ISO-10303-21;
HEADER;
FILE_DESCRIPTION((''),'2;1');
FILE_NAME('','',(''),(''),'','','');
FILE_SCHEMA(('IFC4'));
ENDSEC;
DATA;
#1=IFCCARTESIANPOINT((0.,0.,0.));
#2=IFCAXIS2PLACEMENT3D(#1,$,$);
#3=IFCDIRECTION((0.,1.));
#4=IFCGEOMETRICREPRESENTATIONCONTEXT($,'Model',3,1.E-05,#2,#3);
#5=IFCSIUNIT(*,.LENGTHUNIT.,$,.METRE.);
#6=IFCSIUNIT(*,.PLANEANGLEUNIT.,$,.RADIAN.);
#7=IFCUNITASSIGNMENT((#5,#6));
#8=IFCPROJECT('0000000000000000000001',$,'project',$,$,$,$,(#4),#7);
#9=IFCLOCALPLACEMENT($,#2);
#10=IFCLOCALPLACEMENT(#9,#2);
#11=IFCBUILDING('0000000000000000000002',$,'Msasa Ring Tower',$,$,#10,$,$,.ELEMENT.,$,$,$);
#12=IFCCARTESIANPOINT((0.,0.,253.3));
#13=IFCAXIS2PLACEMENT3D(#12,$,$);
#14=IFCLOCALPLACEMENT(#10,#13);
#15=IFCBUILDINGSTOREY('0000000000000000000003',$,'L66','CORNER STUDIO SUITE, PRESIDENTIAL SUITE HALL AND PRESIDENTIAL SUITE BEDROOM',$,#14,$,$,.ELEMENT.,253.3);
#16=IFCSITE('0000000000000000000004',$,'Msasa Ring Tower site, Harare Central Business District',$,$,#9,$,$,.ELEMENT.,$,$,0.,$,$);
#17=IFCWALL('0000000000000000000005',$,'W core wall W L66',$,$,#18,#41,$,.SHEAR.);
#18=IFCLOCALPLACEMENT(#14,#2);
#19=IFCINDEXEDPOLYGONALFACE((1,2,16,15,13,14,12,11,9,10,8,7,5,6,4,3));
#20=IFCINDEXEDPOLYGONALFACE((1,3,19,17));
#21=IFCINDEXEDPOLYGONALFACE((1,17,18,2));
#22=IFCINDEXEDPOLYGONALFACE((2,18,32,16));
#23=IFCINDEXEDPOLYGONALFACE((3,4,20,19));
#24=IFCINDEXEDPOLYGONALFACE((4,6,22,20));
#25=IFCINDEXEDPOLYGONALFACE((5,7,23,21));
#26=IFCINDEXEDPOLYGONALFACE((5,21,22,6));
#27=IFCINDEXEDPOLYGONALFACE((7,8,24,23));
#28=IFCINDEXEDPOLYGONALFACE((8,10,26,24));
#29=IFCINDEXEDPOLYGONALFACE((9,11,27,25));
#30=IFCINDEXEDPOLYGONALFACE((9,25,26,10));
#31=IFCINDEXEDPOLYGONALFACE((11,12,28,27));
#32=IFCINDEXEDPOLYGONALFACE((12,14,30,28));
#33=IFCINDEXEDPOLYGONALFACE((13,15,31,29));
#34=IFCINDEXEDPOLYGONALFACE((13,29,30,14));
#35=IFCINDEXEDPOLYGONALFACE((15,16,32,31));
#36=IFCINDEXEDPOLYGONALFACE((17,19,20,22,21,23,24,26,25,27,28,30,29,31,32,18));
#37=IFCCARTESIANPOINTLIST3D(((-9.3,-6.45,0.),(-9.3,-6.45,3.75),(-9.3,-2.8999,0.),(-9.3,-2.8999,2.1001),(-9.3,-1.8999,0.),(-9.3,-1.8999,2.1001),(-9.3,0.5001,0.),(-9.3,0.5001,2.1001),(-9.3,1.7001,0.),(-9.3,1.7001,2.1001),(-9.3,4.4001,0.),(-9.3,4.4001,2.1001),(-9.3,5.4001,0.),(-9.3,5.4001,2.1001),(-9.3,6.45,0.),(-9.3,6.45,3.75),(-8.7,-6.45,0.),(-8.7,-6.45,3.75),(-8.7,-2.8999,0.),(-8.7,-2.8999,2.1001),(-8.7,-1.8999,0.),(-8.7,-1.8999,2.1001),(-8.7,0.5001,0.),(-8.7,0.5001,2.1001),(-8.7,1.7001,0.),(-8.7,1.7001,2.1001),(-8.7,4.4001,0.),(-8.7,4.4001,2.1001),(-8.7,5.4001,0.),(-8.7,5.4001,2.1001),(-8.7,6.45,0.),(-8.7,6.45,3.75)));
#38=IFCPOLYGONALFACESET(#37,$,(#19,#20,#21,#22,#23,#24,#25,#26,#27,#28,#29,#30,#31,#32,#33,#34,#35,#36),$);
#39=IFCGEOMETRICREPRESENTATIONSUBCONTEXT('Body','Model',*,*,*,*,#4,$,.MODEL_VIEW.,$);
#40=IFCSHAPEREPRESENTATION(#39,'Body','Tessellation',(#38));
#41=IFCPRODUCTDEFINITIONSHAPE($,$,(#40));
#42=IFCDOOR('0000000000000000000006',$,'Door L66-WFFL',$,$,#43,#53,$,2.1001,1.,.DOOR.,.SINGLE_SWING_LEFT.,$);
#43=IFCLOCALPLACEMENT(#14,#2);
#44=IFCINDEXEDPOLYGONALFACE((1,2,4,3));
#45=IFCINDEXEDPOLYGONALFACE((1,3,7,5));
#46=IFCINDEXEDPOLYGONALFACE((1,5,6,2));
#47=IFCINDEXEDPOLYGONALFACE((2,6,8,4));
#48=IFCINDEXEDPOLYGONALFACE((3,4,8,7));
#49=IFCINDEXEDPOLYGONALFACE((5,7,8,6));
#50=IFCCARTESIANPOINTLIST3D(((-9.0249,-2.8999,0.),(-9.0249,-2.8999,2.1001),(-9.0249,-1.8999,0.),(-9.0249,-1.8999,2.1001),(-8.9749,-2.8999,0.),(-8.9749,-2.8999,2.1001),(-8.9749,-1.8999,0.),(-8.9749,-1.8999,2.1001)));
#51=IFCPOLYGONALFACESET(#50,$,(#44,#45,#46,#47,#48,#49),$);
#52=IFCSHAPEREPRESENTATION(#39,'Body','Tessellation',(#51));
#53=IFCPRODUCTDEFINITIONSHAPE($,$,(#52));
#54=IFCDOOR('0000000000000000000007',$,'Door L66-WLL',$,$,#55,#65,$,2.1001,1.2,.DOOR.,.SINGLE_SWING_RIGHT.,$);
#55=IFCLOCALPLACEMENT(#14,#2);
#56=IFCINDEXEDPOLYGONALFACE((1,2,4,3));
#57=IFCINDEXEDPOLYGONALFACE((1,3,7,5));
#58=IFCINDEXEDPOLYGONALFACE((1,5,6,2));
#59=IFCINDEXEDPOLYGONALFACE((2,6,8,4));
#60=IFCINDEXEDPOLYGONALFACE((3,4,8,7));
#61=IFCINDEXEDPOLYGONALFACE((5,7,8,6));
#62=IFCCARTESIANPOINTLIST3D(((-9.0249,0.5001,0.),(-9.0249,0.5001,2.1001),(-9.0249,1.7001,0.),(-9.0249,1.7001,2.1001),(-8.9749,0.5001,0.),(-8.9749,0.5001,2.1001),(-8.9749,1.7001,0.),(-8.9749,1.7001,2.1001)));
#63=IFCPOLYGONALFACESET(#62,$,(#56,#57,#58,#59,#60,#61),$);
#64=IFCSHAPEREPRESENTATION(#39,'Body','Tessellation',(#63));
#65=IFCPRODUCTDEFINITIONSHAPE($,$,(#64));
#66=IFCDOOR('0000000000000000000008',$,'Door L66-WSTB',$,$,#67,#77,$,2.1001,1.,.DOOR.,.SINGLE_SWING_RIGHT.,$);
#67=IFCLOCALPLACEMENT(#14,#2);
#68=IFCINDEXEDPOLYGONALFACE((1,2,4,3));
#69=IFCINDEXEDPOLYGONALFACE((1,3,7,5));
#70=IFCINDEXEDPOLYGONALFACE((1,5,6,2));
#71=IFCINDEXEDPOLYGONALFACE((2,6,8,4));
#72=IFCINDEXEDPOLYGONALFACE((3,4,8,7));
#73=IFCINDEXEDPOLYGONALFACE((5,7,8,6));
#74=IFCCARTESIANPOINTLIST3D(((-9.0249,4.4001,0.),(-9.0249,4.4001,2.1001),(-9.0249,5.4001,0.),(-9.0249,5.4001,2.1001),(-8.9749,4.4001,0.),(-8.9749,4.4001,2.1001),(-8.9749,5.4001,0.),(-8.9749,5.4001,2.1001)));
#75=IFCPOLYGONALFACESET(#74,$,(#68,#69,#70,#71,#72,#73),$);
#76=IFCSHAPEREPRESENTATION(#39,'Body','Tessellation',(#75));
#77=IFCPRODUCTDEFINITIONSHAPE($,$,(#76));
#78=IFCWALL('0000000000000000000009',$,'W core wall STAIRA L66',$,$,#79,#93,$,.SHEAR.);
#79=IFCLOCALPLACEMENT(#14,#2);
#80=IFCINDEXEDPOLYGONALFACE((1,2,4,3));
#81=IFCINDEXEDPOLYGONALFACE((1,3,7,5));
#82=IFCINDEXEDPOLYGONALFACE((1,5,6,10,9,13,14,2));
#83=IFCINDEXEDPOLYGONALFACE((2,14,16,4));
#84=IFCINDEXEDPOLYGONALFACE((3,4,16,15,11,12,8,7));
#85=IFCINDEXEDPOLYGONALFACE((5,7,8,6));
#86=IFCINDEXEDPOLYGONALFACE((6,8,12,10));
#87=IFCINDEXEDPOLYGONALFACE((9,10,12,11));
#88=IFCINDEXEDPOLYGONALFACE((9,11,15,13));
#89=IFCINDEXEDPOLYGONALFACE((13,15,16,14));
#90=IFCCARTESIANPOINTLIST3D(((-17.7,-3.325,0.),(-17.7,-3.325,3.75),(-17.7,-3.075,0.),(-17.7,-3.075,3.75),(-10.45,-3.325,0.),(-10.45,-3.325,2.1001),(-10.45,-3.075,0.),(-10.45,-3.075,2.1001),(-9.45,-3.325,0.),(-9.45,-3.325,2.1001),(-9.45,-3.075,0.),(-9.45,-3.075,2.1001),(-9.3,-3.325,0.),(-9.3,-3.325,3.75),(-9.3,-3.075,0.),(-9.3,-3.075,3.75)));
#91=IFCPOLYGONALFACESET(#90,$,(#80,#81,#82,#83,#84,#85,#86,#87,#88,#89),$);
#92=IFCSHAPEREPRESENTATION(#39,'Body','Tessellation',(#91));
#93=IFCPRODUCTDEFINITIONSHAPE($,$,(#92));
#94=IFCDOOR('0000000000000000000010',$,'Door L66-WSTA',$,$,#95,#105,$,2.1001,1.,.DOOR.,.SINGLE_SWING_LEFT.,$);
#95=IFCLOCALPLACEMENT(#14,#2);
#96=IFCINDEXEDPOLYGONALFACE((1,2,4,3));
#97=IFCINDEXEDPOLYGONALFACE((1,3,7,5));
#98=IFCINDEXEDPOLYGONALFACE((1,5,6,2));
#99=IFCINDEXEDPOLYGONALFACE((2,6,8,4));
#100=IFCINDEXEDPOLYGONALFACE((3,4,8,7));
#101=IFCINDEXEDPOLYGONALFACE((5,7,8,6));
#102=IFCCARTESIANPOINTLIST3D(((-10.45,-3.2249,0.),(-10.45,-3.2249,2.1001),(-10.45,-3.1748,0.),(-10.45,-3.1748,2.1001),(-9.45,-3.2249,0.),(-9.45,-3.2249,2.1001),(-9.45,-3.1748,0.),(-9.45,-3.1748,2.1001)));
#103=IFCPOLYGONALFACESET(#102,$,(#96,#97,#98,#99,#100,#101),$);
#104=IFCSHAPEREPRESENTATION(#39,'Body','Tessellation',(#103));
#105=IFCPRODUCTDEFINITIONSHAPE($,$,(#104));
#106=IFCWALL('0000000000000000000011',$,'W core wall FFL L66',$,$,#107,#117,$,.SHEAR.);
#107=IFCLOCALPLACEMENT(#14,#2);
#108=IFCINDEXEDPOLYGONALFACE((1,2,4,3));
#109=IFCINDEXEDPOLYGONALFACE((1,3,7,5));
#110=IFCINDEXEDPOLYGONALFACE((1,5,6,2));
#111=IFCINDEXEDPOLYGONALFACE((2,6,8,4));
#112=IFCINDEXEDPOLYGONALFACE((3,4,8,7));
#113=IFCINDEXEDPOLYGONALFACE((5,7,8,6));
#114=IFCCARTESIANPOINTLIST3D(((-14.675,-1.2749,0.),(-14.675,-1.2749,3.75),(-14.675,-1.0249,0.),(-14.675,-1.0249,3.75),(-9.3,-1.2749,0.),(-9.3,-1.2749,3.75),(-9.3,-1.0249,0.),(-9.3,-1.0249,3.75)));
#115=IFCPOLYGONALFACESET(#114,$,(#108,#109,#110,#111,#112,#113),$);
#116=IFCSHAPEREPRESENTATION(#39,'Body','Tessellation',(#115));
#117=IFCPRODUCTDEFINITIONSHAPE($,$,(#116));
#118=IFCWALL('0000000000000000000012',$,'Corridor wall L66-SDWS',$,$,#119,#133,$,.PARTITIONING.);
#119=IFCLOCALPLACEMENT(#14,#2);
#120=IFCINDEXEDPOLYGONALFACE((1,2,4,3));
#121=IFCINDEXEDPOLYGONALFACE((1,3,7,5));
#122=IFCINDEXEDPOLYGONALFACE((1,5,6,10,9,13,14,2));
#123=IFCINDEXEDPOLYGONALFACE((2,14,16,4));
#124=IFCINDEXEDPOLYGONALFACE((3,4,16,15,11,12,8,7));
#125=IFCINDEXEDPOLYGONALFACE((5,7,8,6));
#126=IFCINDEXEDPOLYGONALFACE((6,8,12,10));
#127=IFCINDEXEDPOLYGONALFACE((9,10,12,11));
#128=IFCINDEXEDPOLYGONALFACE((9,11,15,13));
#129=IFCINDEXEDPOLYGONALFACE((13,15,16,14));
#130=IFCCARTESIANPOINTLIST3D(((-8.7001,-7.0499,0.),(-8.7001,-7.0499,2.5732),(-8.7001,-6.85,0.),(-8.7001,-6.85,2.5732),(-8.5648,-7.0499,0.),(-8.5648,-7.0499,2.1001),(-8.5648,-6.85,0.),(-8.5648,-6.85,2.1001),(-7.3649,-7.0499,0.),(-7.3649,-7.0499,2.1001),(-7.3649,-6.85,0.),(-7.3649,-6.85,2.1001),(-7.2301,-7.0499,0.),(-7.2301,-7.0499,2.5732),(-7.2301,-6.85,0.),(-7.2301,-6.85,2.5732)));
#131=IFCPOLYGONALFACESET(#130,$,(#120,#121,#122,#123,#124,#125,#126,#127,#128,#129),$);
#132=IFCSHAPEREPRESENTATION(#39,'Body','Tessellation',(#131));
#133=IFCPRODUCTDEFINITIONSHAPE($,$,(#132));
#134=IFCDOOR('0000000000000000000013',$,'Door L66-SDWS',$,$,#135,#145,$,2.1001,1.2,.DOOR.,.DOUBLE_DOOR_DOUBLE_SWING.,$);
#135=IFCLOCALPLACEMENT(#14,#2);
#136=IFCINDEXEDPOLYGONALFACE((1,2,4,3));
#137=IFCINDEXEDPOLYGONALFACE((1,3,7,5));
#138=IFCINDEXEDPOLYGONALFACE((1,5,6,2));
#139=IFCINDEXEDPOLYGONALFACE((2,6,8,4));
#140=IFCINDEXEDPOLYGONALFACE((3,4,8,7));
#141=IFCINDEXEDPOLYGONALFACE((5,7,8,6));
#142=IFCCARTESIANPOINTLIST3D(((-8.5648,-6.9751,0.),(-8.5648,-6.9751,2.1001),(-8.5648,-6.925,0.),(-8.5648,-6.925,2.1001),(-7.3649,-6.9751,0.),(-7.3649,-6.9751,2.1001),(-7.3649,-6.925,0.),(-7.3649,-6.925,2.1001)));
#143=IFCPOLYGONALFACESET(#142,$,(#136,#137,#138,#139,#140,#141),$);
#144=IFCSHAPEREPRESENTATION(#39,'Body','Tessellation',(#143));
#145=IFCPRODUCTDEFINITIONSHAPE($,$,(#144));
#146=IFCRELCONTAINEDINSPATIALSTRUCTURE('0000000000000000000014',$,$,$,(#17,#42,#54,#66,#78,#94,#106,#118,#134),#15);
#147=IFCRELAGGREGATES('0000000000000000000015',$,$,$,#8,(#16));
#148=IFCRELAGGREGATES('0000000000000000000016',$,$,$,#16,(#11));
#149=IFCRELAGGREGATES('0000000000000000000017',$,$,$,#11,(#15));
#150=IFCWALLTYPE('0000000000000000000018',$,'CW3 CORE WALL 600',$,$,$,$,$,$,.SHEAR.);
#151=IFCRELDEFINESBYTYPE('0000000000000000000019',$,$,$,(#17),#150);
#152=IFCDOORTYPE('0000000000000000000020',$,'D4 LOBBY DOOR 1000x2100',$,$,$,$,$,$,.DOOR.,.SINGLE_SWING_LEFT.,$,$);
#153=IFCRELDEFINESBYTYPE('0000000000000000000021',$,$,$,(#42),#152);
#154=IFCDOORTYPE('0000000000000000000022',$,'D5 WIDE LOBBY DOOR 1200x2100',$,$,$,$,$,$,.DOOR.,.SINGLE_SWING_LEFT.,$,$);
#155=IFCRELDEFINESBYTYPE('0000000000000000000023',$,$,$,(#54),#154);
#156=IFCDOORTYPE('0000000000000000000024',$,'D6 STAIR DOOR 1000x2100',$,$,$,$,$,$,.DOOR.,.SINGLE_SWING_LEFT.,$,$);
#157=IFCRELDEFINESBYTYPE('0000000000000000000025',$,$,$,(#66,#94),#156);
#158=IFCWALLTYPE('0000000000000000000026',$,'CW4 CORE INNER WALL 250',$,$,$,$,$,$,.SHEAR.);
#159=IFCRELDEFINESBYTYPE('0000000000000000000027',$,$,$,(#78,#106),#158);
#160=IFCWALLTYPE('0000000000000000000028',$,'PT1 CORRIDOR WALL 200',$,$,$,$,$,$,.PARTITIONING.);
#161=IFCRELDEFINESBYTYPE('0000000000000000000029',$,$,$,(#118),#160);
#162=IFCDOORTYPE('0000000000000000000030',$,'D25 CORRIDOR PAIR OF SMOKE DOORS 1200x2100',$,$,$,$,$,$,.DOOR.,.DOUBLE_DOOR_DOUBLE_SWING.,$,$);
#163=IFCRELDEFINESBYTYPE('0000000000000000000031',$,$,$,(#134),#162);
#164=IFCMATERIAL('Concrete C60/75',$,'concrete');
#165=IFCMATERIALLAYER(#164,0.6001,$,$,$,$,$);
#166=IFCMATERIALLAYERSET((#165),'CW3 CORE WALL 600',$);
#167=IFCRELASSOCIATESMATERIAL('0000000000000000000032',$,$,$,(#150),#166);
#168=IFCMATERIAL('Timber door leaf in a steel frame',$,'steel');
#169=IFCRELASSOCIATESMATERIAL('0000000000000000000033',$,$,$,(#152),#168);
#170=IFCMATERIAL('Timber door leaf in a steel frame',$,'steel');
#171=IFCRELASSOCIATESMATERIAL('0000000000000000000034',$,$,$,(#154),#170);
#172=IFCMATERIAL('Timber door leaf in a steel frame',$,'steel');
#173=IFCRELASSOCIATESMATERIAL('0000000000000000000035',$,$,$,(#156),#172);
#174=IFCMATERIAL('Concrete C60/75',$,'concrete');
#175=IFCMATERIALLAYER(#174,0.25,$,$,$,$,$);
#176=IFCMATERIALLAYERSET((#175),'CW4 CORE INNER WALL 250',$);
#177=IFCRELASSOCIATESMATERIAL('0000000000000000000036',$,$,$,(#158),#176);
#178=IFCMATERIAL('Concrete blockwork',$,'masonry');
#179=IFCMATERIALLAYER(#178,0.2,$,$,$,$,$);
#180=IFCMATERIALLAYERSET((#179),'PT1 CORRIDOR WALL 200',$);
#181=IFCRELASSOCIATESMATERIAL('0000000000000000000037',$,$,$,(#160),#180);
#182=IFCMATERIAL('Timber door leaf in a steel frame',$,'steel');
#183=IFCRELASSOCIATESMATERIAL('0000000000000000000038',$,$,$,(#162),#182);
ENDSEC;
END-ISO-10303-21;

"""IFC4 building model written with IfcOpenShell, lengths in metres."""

from ifc_helpers import new_model, si_unit, direction, frame, frame_2d, origin, place, context, subcontext, project, spatial, rectangle, extrude, material, layer, layer_set, type_object, element, fill, save


model = new_model("IFC4")

# Units and contexts
model_context = context("Model", 3, precision=1e-05, world=origin(), true_north=direction((0.0, 1.0)))
body_context = subcontext(model_context, "Body", "Model", "MODEL_VIEW")
ifc_project = project(units=[si_unit("LENGTHUNIT", "METRE"), si_unit("PLANEANGLEUNIT", "RADIAN")], contexts=[model_context])

# Site, building, storey
site_placement = place(None, origin())
site = spatial("IfcSite", under=ifc_project, at=site_placement, Name="Msasa Ring Tower site, Harare Central Business District", CompositionType="ELEMENT", RefElevation=0.0)
building_placement = place(site_placement, origin())
building = spatial("IfcBuilding", under=site, at=building_placement, Name="Msasa Ring Tower", CompositionType="ELEMENT")
storey_placement = place(building_placement, frame((0.0, 0.0, 253.3)))
storey = spatial("IfcBuildingStorey", under=building, at=storey_placement, Name="L66", Description="CORNER STUDIO SUITE, PRESIDENTIAL SUITE HALL AND PRESIDENTIAL SUITE BEDROOM", CompositionType="ELEMENT", Elevation=253.3)

# Shared definitions
ifc_material_1 = material(Name="Concrete C60/75", Category="concrete")
ifc_layer_1 = layer(ifc_material_1, 0.6001)
ifc_layer_set_1 = layer_set([ifc_layer_1], Name="CW3 CORE WALL 600")
wall_type_1 = type_object("IfcWallType", Name="CW3 CORE WALL 600", PredefinedType="SHEAR", material=ifc_layer_set_1)

# Wall, openings, doors
wall_1_placement = place(storey_placement, frame((-9.0, -6.45, 0.0), z_axis=(0.0, 0.0, 1.0), x_axis=(0.0, 1.0, 0.0)))
wall_1 = element("IfcWall", 1, at=wall_1_placement, inside=storey, type_object=wall_type_1, Name="W core wall W L66", PredefinedType="SHEAR", context=body_context, shape_type="SweptSolid", body=[
    extrude(rectangle(XDim=12.8999, YDim=0.6001, at=frame_2d((6.45, 0.0))), origin(), (0.0, 0.0, 1.0), 3.75),
])
opening_1_placement = place(wall_1_placement, frame((3.55, 0.0, 0.0)))
opening_1 = element("IfcOpeningElement", 2, at=opening_1_placement, cuts=wall_1, PredefinedType="OPENING", context=body_context, shape_type="SweptSolid", body=[
    extrude(rectangle(XDim=1.0, YDim=2.1001, at=frame_2d((0.5, 1.05))), frame((0.0, 0.3101, 0.0), z_axis=(0.0, -1.0, 0.0), x_axis=(1.0, 0.0, 0.0)), (0.0, 0.0, 1.0), 0.6201),
])
opening_2_placement = place(wall_1_placement, frame((6.95, 0.0, 0.0)))
opening_2 = element("IfcOpeningElement", 3, at=opening_2_placement, cuts=wall_1, PredefinedType="OPENING", context=body_context, shape_type="SweptSolid", body=[
    extrude(rectangle(XDim=1.2, YDim=2.1001, at=frame_2d((0.6001, 1.05))), frame((0.0, 0.3101, 0.0), z_axis=(0.0, -1.0, 0.0), x_axis=(1.0, 0.0, 0.0)), (0.0, 0.0, 1.0), 0.6201),
])
opening_3_placement = place(wall_1_placement, frame((10.8501, 0.0, 0.0)))
opening_3 = element("IfcOpeningElement", 4, at=opening_3_placement, cuts=wall_1, PredefinedType="OPENING", context=body_context, shape_type="SweptSolid", body=[
    extrude(rectangle(XDim=1.0, YDim=2.1001, at=frame_2d((0.5, 1.05))), frame((0.0, 0.3101, 0.0), z_axis=(0.0, -1.0, 0.0), x_axis=(1.0, 0.0, 0.0)), (0.0, 0.0, 1.0), 0.6201),
])
ifc_material_2 = material(Name="Timber door leaf in a steel frame", Category="steel")
door_type_1 = type_object("IfcDoorType", Name="D4 LOBBY DOOR 1000x2100", OperationType="SINGLE_SWING_LEFT", PredefinedType="DOOR", material=ifc_material_2)
door_1_placement = place(opening_1_placement, origin())
door_1 = element("IfcDoor", 5, at=door_1_placement, inside=storey, type_object=door_type_1, Name="Door L66-WFFL", OperationType="SINGLE_SWING_LEFT", OverallHeight=2.1001, OverallWidth=1.0, PredefinedType="DOOR", context=body_context, shape_type="SweptSolid", body=[
    extrude(rectangle(XDim=1.0, YDim=2.1001, at=frame_2d((0.5, 1.05))), frame((0.0, 0.0249, 0.0), z_axis=(0.0, -1.0, 0.0), x_axis=(1.0, 0.0, 0.0)), (0.0, 0.0, 1.0), 0.05),
])
fill(opening_1, door_1)
ifc_material_3 = material(Name="Timber door leaf in a steel frame", Category="steel")
door_type_2 = type_object("IfcDoorType", Name="D5 WIDE LOBBY DOOR 1200x2100", OperationType="SINGLE_SWING_LEFT", PredefinedType="DOOR", material=ifc_material_3)
door_2_placement = place(opening_2_placement, origin())
door_2 = element("IfcDoor", 6, at=door_2_placement, inside=storey, type_object=door_type_2, Name="Door L66-WLL", OperationType="SINGLE_SWING_RIGHT", OverallHeight=2.1001, OverallWidth=1.2, PredefinedType="DOOR", context=body_context, shape_type="SweptSolid", body=[
    extrude(rectangle(XDim=1.2, YDim=2.1001, at=frame_2d((0.6001, 1.05))), frame((0.0, 0.0249, 0.0), z_axis=(0.0, -1.0, 0.0), x_axis=(1.0, 0.0, 0.0)), (0.0, 0.0, 1.0), 0.05),
])
fill(opening_2, door_2)
ifc_material_4 = material(Name="Timber door leaf in a steel frame", Category="steel")
door_type_3 = type_object("IfcDoorType", Name="D6 STAIR DOOR 1000x2100", OperationType="SINGLE_SWING_LEFT", PredefinedType="DOOR", material=ifc_material_4)
door_3_placement = place(opening_3_placement, origin())
door_3 = element("IfcDoor", 7, at=door_3_placement, inside=storey, type_object=door_type_3, Name="Door L66-WSTB", OperationType="SINGLE_SWING_RIGHT", OverallHeight=2.1001, OverallWidth=1.0, PredefinedType="DOOR", context=body_context, shape_type="SweptSolid", body=[
    extrude(rectangle(XDim=1.0, YDim=2.1001, at=frame_2d((0.5, 1.05))), frame((0.0, 0.0249, 0.0), z_axis=(0.0, -1.0, 0.0), x_axis=(1.0, 0.0, 0.0)), (0.0, 0.0, 1.0), 0.05),
])
fill(opening_3, door_3)

# Wall, opening, door
ifc_material_5 = material(Name="Concrete C60/75", Category="concrete")
ifc_layer_2 = layer(ifc_material_5, 0.25)
ifc_layer_set_2 = layer_set([ifc_layer_2], Name="CW4 CORE INNER WALL 250")
wall_type_2 = type_object("IfcWallType", Name="CW4 CORE INNER WALL 250", PredefinedType="SHEAR", material=ifc_layer_set_2)
wall_2_placement = place(storey_placement, frame((-9.3, -3.2, 0.0), z_axis=(0.0, 0.0, 1.0), x_axis=(-1.0, 0.0, 0.0)))
wall_2 = element("IfcWall", 8, at=wall_2_placement, inside=storey, type_object=wall_type_2, Name="W core wall STAIRA L66", PredefinedType="SHEAR", context=body_context, shape_type="SweptSolid", body=[
    extrude(rectangle(XDim=8.3999, YDim=0.25, at=frame_2d((4.2, 0.0))), origin(), (0.0, 0.0, 1.0), 3.75),
])
opening_4_placement = place(wall_2_placement, frame((0.1499, 0.0, 0.0)))
opening_4 = element("IfcOpeningElement", 9, at=opening_4_placement, cuts=wall_2, PredefinedType="OPENING", context=body_context, shape_type="SweptSolid", body=[
    extrude(rectangle(XDim=1.0, YDim=2.1001, at=frame_2d((0.5, 1.05))), frame((0.0, 0.135, 0.0), z_axis=(0.0, -1.0, 0.0), x_axis=(1.0, 0.0, 0.0)), (0.0, 0.0, 1.0), 0.27),
])
door_4_placement = place(opening_4_placement, origin())
door_4 = element("IfcDoor", 10, at=door_4_placement, inside=storey, type_object=door_type_3, Name="Door L66-WSTA", OperationType="SINGLE_SWING_LEFT", OverallHeight=2.1001, OverallWidth=1.0, PredefinedType="DOOR", context=body_context, shape_type="SweptSolid", body=[
    extrude(rectangle(XDim=1.0, YDim=2.1001, at=frame_2d((0.5, 1.05))), frame((0.0, 0.0249, 0.0), z_axis=(0.0, -1.0, 0.0), x_axis=(1.0, 0.0, 0.0)), (0.0, 0.0, 1.0), 0.05),
])
fill(opening_4, door_4)

# Wall
wall_3_placement = place(storey_placement, frame((-9.3, -1.1499, 0.0), z_axis=(0.0, 0.0, 1.0), x_axis=(-1.0, 0.0, 0.0)))
element("IfcWall", 11, at=wall_3_placement, inside=storey, type_object=wall_type_2, Name="W core wall FFL L66", PredefinedType="SHEAR", context=body_context, shape_type="SweptSolid", body=[
    extrude(rectangle(XDim=5.375, YDim=0.25, at=frame_2d((2.6875, 0.0))), origin(), (0.0, 0.0, 1.0), 3.75),
])

# Wall, opening, door
ifc_material_6 = material(Name="Concrete blockwork", Category="masonry")
ifc_layer_3 = layer(ifc_material_6, 0.2)
ifc_layer_set_3 = layer_set([ifc_layer_3], Name="PT1 CORRIDOR WALL 200")
wall_type_3 = type_object("IfcWallType", Name="PT1 CORRIDOR WALL 200", PredefinedType="PARTITIONING", material=ifc_layer_set_3)
wall_4_placement = place(storey_placement, frame((-8.7, -6.95, 0.0), z_axis=(0.0, 0.0, 1.0), x_axis=(1.0, 0.0, 0.0)))
wall_4 = element("IfcWall", 12, at=wall_4_placement, inside=storey, type_object=wall_type_3, Name="Corridor wall L66-SDWS", PredefinedType="PARTITIONING", context=body_context, shape_type="SweptSolid", body=[
    extrude(rectangle(XDim=1.47, YDim=0.2, at=frame_2d((0.7349, 0.0))), origin(), (0.0, 0.0, 1.0), 2.5732),
])
opening_5_placement = place(wall_4_placement, frame((0.135, 0.0, 0.0)))
opening_5 = element("IfcOpeningElement", 13, at=opening_5_placement, cuts=wall_4, PredefinedType="OPENING", context=body_context, shape_type="SweptSolid", body=[
    extrude(rectangle(XDim=1.2, YDim=2.1001, at=frame_2d((0.6001, 1.05))), frame((0.0, 0.1099, 0.0), z_axis=(0.0, -1.0, 0.0), x_axis=(1.0, 0.0, 0.0)), (0.0, 0.0, 1.0), 0.22),
])
ifc_material_7 = material(Name="Timber door leaf in a steel frame", Category="steel")
door_type_4 = type_object("IfcDoorType", Name="D25 CORRIDOR PAIR OF SMOKE DOORS 1200x2100", OperationType="DOUBLE_DOOR_DOUBLE_SWING", PredefinedType="DOOR", material=ifc_material_7)
door_5_placement = place(opening_5_placement, origin())
door_5 = element("IfcDoor", 14, at=door_5_placement, inside=storey, type_object=door_type_4, Name="Door L66-SDWS", OperationType="DOUBLE_DOOR_DOUBLE_SWING", OverallHeight=2.1001, OverallWidth=1.2, PredefinedType="DOOR", context=body_context, shape_type="SweptSolid", body=[
    extrude(rectangle(XDim=1.2, YDim=2.1001, at=frame_2d((0.6001, 1.05))), frame((0.0, 0.0249, 0.0), z_axis=(0.0, -1.0, 0.0), x_axis=(1.0, 0.0, 0.0)), (0.0, 0.0, 1.0), 0.05),
])
fill(opening_5, door_5)

save(model, "model.ifc")
